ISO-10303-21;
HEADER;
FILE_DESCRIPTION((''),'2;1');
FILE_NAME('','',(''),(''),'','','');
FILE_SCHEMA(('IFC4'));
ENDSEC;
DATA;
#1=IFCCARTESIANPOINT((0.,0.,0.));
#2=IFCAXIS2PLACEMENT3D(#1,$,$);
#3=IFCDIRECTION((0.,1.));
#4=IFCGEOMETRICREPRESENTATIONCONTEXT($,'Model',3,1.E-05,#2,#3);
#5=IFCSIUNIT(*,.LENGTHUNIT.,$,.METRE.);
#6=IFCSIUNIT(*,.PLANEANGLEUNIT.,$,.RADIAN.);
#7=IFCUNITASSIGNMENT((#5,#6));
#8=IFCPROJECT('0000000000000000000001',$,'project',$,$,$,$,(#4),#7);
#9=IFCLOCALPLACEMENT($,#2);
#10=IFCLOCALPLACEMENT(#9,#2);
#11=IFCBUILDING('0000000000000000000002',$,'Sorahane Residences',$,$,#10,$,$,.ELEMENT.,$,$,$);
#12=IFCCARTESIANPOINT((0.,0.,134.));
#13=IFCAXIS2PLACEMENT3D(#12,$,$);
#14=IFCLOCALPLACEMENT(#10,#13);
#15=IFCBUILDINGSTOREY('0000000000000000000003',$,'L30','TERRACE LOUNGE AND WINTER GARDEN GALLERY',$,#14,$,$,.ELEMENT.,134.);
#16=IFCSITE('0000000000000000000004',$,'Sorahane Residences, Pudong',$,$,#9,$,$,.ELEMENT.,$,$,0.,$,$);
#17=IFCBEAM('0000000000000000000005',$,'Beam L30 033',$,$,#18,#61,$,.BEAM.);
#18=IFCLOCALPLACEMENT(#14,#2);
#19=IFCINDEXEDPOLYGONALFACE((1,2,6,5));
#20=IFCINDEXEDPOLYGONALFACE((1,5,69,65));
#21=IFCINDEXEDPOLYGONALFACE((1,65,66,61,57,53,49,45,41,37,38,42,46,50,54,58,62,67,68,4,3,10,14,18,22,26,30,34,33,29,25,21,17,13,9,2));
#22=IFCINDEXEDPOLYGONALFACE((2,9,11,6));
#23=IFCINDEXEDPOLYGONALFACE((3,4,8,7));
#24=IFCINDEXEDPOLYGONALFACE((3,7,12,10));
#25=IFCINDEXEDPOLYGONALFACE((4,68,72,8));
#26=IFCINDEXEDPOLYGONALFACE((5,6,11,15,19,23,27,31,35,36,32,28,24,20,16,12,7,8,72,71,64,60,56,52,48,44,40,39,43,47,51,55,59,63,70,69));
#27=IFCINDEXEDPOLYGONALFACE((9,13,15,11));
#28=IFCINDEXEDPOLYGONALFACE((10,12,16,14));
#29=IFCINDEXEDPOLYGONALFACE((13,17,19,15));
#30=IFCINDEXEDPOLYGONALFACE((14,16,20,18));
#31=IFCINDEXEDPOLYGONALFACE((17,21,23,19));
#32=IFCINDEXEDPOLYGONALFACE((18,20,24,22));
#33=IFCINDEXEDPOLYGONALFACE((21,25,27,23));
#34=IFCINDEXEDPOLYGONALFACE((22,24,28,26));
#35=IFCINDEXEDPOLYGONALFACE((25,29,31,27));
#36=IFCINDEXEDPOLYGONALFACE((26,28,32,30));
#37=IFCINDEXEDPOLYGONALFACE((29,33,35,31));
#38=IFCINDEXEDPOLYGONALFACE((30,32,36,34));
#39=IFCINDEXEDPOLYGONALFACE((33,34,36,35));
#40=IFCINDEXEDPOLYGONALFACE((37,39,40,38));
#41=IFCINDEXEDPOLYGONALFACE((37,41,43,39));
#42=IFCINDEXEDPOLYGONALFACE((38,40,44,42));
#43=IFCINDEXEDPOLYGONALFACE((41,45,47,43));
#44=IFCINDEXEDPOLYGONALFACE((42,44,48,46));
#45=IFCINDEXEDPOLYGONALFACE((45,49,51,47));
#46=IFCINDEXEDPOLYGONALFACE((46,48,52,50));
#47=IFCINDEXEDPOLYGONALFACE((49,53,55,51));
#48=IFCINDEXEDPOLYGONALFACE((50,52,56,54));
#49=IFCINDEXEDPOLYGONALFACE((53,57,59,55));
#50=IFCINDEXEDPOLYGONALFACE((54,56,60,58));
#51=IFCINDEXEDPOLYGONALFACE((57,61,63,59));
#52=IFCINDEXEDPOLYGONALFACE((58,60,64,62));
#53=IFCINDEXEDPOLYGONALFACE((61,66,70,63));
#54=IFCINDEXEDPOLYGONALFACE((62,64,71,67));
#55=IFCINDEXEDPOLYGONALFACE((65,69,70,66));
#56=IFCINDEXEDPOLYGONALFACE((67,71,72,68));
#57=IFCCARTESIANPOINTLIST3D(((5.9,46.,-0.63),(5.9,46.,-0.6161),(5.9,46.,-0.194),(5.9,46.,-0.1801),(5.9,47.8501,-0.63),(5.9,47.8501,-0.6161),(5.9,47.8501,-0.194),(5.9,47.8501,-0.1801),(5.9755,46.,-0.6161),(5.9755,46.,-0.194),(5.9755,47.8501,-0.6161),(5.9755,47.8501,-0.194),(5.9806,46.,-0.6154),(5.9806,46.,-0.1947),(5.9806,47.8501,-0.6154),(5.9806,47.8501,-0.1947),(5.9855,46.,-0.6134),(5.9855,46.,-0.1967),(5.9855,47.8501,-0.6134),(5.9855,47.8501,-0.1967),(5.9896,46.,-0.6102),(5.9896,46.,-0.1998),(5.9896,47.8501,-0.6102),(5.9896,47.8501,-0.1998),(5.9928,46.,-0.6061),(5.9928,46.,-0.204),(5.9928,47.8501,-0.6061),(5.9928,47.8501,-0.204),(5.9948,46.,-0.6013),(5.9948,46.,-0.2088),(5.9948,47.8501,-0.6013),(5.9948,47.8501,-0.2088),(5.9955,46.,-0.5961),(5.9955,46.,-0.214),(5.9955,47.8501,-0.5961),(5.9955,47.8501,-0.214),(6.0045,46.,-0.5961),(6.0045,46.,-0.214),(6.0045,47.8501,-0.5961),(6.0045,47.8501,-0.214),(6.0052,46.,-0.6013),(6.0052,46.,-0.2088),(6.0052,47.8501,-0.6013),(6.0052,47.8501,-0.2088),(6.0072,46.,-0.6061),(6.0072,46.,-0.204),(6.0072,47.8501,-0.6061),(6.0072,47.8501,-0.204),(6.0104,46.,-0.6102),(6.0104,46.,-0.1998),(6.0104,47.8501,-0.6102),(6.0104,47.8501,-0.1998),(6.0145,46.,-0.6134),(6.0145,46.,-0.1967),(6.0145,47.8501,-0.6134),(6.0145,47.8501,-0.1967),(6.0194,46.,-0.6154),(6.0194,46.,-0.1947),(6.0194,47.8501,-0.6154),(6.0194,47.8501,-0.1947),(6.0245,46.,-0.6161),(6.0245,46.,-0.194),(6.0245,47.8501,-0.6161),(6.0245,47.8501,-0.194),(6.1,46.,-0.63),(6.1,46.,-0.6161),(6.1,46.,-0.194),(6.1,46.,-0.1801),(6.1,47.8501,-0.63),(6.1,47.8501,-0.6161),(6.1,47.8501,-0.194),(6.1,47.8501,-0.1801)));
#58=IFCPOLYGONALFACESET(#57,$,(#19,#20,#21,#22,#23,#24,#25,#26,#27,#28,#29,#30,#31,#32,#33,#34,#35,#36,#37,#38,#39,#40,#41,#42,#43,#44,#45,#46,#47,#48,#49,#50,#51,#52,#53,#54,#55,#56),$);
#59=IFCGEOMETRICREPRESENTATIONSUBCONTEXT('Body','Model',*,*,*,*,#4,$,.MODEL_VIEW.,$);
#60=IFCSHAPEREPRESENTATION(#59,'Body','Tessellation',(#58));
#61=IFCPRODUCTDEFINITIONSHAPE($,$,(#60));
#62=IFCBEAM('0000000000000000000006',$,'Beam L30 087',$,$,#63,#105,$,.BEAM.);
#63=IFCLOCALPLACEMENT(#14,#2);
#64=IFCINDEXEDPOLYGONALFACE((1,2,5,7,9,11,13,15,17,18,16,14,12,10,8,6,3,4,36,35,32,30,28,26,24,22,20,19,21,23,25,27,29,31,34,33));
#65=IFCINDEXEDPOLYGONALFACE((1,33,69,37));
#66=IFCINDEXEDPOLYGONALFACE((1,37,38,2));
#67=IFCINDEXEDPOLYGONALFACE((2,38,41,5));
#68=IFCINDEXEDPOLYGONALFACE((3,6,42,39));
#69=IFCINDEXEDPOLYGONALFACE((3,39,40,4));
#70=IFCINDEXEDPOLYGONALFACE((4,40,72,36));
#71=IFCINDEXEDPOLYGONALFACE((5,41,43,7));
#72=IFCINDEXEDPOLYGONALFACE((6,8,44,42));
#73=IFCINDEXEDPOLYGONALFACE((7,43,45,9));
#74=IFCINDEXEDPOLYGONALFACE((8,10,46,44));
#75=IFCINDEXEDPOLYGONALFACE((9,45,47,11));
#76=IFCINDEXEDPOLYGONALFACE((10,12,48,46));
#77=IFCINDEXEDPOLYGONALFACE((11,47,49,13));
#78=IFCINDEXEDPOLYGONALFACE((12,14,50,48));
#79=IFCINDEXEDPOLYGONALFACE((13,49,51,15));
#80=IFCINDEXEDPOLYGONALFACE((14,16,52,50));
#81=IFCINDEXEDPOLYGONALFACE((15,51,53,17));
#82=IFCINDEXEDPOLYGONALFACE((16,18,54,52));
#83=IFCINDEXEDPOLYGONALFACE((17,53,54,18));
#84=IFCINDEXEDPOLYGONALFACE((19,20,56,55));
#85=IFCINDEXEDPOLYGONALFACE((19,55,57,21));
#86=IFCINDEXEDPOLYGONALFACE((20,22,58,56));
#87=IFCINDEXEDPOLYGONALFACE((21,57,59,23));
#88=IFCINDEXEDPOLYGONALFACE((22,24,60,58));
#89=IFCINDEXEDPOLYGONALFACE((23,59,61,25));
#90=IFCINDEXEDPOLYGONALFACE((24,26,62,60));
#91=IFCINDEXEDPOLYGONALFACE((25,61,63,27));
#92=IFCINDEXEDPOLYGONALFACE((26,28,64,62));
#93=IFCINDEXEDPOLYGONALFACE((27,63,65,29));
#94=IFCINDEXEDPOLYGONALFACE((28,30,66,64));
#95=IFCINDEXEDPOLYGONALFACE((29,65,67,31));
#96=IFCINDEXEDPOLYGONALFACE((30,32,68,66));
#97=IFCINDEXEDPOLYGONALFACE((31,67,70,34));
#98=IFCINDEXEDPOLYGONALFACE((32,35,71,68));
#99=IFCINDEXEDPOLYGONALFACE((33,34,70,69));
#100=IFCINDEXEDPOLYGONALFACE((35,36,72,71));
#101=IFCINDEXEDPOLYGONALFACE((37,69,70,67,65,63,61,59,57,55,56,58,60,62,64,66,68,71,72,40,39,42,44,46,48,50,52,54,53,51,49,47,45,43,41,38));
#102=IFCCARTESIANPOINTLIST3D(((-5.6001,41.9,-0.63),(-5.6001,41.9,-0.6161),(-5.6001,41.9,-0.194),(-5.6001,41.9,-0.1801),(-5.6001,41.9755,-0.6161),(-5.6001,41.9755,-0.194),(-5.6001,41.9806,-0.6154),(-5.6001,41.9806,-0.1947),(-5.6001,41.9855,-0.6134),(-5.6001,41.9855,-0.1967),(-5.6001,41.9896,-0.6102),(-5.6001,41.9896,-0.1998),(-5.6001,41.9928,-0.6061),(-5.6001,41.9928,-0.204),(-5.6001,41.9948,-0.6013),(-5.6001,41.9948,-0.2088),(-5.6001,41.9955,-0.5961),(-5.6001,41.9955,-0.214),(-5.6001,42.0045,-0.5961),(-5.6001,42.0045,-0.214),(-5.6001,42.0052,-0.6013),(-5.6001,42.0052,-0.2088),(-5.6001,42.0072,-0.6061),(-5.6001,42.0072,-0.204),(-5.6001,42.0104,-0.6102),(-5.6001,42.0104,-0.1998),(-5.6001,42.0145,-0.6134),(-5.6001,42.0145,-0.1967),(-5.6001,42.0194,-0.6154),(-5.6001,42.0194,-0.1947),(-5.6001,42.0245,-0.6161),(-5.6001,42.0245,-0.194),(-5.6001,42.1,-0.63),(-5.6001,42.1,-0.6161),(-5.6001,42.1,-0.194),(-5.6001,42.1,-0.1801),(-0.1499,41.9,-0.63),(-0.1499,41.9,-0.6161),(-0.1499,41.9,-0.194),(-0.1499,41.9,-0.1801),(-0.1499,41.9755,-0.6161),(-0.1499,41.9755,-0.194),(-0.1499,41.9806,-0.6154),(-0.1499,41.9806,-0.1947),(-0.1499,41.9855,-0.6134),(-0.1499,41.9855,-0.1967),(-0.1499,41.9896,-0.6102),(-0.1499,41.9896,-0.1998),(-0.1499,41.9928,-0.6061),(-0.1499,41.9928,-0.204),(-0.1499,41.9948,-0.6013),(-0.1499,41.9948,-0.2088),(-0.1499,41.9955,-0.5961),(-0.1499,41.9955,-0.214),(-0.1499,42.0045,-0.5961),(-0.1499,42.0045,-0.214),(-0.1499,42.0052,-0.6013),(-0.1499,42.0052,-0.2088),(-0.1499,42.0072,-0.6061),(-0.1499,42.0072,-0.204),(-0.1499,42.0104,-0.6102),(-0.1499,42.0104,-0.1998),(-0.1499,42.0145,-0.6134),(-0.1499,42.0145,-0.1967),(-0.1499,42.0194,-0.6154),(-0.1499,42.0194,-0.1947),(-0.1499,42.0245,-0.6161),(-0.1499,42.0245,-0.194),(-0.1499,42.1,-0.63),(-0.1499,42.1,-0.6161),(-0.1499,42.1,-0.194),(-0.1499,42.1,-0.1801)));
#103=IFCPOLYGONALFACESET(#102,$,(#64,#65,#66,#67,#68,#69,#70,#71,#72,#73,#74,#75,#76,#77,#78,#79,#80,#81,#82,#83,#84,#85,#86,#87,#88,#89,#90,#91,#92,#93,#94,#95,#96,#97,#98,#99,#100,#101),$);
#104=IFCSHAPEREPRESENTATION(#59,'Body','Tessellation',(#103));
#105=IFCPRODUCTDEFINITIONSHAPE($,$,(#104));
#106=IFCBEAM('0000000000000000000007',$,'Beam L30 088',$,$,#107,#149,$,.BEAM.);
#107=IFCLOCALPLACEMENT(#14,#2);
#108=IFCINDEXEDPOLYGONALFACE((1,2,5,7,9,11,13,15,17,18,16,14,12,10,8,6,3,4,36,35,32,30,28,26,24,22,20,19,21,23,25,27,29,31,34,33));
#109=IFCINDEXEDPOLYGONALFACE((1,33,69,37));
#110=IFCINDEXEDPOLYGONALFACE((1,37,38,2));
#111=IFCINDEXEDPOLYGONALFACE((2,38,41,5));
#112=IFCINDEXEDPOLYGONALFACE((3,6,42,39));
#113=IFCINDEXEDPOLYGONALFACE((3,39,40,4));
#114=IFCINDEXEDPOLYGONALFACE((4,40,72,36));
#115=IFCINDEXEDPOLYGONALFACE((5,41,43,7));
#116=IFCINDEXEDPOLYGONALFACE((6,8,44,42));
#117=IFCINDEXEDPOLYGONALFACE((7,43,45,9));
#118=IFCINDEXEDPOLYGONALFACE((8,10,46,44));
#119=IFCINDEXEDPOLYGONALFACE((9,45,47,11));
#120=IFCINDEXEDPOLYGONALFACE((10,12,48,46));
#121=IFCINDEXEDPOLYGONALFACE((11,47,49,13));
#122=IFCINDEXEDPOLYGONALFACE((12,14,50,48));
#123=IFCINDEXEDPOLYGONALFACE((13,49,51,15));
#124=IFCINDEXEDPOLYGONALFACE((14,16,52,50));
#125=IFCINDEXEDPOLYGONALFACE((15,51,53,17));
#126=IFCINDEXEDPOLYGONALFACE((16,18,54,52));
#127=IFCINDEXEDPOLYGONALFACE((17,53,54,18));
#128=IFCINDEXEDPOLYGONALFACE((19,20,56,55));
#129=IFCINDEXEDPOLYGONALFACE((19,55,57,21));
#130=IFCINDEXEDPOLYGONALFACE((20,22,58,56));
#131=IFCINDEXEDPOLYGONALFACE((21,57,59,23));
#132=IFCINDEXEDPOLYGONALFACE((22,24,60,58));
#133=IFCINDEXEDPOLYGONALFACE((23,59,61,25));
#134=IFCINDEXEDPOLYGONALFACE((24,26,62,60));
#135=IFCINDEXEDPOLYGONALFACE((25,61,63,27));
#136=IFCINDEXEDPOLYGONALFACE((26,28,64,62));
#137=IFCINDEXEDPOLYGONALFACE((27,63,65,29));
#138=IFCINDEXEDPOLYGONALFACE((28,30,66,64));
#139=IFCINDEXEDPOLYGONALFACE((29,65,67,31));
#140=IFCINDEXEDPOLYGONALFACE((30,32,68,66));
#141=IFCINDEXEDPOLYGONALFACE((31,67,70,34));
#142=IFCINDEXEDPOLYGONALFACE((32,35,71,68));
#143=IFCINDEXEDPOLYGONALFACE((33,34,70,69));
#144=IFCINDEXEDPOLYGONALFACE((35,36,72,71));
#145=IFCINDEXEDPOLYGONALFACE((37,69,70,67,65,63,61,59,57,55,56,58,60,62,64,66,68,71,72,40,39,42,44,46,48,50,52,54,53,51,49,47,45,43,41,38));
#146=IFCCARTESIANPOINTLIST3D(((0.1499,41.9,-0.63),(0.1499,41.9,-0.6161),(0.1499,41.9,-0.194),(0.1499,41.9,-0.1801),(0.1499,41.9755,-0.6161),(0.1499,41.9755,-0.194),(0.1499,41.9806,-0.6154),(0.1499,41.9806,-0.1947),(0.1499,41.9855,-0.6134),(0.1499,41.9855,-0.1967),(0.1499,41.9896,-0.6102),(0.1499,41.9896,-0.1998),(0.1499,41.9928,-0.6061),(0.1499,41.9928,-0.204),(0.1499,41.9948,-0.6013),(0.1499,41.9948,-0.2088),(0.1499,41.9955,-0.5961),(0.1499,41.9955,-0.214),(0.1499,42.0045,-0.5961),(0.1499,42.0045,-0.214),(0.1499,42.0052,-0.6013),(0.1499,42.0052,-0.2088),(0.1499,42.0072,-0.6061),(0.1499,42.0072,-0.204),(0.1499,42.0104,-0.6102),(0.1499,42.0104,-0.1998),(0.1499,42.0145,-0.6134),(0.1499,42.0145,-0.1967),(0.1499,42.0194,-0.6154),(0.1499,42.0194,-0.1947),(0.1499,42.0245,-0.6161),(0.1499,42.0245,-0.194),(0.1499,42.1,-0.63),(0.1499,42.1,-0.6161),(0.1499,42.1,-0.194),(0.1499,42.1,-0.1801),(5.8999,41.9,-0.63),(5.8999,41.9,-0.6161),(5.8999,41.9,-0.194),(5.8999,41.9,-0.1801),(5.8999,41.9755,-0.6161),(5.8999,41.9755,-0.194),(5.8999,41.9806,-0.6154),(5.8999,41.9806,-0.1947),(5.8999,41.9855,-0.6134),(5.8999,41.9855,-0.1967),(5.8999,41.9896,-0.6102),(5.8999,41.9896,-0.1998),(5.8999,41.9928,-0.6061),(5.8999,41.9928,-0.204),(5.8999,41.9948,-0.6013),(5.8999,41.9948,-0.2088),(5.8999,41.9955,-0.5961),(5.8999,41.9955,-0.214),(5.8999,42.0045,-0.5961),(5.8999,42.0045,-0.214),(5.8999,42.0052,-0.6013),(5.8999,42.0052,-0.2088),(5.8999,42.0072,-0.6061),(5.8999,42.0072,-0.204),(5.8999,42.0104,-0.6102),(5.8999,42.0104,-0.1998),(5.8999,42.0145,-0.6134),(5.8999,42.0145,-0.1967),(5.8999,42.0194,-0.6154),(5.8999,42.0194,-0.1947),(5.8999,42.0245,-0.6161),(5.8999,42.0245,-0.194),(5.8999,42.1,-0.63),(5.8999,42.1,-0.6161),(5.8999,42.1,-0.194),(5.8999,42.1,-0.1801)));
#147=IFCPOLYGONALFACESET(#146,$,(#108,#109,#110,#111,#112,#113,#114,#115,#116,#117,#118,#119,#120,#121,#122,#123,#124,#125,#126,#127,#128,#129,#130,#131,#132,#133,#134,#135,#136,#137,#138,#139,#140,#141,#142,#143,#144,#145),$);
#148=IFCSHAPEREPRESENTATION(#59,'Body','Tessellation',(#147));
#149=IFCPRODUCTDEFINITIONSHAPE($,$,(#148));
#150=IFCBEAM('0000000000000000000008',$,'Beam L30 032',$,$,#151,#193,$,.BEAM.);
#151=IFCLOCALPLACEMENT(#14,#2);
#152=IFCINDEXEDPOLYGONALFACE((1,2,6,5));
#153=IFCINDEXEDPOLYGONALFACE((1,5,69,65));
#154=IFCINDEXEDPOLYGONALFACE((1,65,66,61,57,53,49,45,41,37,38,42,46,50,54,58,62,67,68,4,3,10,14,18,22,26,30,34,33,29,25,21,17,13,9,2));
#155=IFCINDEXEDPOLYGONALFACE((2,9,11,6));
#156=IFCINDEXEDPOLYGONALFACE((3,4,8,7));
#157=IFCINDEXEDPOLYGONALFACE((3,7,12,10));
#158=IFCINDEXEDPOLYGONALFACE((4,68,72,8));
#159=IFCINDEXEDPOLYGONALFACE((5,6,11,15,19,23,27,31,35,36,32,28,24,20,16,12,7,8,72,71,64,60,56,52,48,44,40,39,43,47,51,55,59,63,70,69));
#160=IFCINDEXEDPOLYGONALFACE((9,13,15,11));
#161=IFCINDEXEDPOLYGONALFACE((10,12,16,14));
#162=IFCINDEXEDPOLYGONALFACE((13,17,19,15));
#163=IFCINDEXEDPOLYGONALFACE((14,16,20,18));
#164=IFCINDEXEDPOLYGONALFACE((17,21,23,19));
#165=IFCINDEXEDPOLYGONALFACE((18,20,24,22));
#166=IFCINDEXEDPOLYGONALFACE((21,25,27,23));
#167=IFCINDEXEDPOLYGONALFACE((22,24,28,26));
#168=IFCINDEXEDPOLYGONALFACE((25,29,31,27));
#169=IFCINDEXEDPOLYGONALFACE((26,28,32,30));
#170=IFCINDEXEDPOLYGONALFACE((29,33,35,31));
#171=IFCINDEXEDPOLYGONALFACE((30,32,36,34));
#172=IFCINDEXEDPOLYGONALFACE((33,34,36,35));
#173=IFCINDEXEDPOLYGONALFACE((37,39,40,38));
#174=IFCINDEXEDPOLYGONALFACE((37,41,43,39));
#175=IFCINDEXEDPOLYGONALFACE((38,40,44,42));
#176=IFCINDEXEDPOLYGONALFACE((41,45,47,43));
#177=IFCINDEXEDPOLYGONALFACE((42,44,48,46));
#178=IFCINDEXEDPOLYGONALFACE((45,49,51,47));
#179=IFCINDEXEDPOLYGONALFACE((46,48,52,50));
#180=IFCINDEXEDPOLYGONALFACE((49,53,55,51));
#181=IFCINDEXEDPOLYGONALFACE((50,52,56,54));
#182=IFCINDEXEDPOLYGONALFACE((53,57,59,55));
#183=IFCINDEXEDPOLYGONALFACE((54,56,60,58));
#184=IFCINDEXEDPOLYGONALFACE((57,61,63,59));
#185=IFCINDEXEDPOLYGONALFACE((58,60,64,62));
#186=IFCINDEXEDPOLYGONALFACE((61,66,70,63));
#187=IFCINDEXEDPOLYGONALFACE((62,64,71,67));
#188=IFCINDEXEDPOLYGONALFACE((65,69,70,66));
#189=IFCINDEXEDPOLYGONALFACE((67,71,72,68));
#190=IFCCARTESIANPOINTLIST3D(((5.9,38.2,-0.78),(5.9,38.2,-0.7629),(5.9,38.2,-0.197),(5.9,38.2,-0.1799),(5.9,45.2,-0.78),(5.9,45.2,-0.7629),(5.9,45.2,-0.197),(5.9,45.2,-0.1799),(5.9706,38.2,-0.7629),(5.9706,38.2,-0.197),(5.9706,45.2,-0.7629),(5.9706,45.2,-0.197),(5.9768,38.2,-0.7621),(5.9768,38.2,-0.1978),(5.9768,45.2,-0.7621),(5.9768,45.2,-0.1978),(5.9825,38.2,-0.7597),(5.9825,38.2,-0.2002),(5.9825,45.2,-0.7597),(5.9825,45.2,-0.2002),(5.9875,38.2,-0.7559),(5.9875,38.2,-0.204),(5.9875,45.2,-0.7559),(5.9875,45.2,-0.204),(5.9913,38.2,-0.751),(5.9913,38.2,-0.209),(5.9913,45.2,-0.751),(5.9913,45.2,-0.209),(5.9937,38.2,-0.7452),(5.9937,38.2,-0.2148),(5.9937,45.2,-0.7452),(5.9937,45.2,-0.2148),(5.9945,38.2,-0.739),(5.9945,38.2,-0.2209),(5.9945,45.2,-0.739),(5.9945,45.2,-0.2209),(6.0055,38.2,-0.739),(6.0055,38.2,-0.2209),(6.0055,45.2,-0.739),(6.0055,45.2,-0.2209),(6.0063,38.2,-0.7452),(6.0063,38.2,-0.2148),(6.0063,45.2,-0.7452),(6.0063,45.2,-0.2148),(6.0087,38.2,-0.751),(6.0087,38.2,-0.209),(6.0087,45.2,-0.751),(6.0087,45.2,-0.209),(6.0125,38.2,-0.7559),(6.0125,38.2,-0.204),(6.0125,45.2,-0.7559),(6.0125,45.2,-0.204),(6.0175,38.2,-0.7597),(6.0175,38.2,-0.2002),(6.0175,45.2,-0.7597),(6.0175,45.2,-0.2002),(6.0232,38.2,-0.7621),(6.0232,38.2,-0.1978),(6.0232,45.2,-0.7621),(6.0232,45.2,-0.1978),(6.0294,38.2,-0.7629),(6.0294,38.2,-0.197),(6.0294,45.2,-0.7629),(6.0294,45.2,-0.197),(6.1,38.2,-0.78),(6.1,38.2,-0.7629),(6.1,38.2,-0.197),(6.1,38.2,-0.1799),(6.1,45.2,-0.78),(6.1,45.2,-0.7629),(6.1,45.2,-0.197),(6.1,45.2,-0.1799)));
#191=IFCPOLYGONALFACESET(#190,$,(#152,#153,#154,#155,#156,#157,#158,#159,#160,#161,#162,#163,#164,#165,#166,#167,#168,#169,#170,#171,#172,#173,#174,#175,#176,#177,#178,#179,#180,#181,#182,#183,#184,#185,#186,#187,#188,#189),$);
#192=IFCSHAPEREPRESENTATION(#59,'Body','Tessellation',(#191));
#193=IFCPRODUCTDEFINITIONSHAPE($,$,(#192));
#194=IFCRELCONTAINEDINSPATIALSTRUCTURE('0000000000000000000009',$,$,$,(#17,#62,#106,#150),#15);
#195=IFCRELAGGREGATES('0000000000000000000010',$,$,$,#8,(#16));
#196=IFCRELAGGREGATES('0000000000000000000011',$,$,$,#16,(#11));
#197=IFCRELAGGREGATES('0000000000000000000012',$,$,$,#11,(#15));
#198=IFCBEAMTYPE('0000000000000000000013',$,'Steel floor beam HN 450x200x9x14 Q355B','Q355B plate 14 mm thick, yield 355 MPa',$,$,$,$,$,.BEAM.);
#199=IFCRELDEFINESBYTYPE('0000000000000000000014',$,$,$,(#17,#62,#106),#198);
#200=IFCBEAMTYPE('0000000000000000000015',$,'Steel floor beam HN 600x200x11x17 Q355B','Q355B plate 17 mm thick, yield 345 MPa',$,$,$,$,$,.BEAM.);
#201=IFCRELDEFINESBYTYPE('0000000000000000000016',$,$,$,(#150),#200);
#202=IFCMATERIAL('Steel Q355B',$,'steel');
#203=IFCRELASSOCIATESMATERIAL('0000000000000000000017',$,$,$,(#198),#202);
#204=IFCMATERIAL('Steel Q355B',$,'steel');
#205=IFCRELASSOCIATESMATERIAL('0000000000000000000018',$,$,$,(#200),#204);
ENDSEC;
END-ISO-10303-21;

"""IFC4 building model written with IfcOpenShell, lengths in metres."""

from ifc_helpers import new_model, si_unit, direction, frame, origin, origin_2d, place, context, subcontext, project, spatial, i_section, extrude, material, material_profile, profile_set, type_object, element, save


model = new_model("IFC4")

# Units and contexts
model_context = context("Model", 3, precision=1e-05, world=origin(), true_north=direction((0.0, 1.0)))
body_context = subcontext(model_context, "Body", "Model", "MODEL_VIEW")
ifc_project = project(units=[si_unit("LENGTHUNIT", "METRE"), si_unit("PLANEANGLEUNIT", "RADIAN")], contexts=[model_context])

# Site, building, storey
site_placement = place(None, origin())
site = spatial("IfcSite", under=ifc_project, at=site_placement, Name="Sorahane Residences, Pudong", CompositionType="ELEMENT", RefElevation=0.0)
building_placement = place(site_placement, origin())
building = spatial("IfcBuilding", under=site, at=building_placement, Name="Sorahane Residences", CompositionType="ELEMENT")
storey_placement = place(building_placement, frame((0.0, 0.0, 134.0)))
storey = spatial("IfcBuildingStorey", under=building, at=storey_placement, Name="L30", Description="TERRACE LOUNGE AND WINTER GARDEN GALLERY", CompositionType="ELEMENT", Elevation=134.0)

# Beams
ifc_material_1 = material(Name="Steel Q355B", Category="steel")
ifc_material_profile_1 = material_profile(ifc_material_1, i_section(OverallWidth=0.2, OverallDepth=0.45, WebThickness=0.009, FlangeThickness=0.0139, FilletRadius=0.02, at=origin_2d()), Name="HN 450x200x9x14")
ifc_profile_set_1 = profile_set([ifc_material_profile_1], Name="Steel Q355B")
beam_type_1 = type_object("IfcBeamType", Name="Steel floor beam HN 450x200x9x14 Q355B", Description="Q355B plate 14 mm thick, yield 355 MPa", PredefinedType="BEAM", material=ifc_profile_set_1)
beam_1_placement = place(storey_placement, frame((6.0, 46.0, -0.405), z_axis=(0.0, 1.0, 0.0), x_axis=(-1.0, 0.0, 0.0)))
element("IfcBeam", 1, at=beam_1_placement, inside=storey, type_object=beam_type_1, Name="Beam L30 033", PredefinedType="BEAM", context=body_context, shape_type="SweptSolid", body=[
    extrude(i_section(OverallWidth=0.2, OverallDepth=0.45, WebThickness=0.009, FlangeThickness=0.0139, FilletRadius=0.02, at=origin_2d()), origin(), (0.0, 0.0, 1.0), 1.8501),
])
beam_2_placement = place(storey_placement, frame((-5.6001, 42.0, -0.405), z_axis=(1.0, 0.0, 0.0), x_axis=(0.0, 1.0, 0.0)))
element("IfcBeam", 2, at=beam_2_placement, inside=storey, type_object=beam_type_1, Name="Beam L30 087", PredefinedType="BEAM", context=body_context, shape_type="SweptSolid", body=[
    extrude(i_section(OverallWidth=0.2, OverallDepth=0.45, WebThickness=0.009, FlangeThickness=0.0139, FilletRadius=0.02, at=origin_2d()), origin(), (0.0, 0.0, 1.0), 5.4502),
])
beam_3_placement = place(storey_placement, frame((0.1499, 42.0, -0.405), z_axis=(1.0, 0.0, 0.0), x_axis=(0.0, 1.0, 0.0)))
element("IfcBeam", 3, at=beam_3_placement, inside=storey, type_object=beam_type_1, Name="Beam L30 088", PredefinedType="BEAM", context=body_context, shape_type="SweptSolid", body=[
    extrude(i_section(OverallWidth=0.2, OverallDepth=0.45, WebThickness=0.009, FlangeThickness=0.0139, FilletRadius=0.02, at=origin_2d()), origin(), (0.0, 0.0, 1.0), 5.75),
])
ifc_material_2 = material(Name="Steel Q355B", Category="steel")
ifc_material_profile_2 = material_profile(ifc_material_2, i_section(OverallWidth=0.2, OverallDepth=0.6001, WebThickness=0.011, FlangeThickness=0.0171, FilletRadius=0.0239, at=origin_2d()), Name="HN 600x200x11x17")
ifc_profile_set_2 = profile_set([ifc_material_profile_2], Name="Steel Q355B")
beam_type_2 = type_object("IfcBeamType", Name="Steel floor beam HN 600x200x11x17 Q355B", Description="Q355B plate 17 mm thick, yield 345 MPa", PredefinedType="BEAM", material=ifc_profile_set_2)
beam_4_placement = place(storey_placement, frame((6.0, 38.2, -0.48), z_axis=(0.0, 1.0, 0.0), x_axis=(-1.0, 0.0, 0.0)))
element("IfcBeam", 4, at=beam_4_placement, inside=storey, type_object=beam_type_2, Name="Beam L30 032", PredefinedType="BEAM", context=body_context, shape_type="SweptSolid", body=[
    extrude(i_section(OverallWidth=0.2, OverallDepth=0.6001, WebThickness=0.011, FlangeThickness=0.0171, FilletRadius=0.0239, at=origin_2d()), origin(), (0.0, 0.0, 1.0), 7.0),
])

save(model, "model.ifc")
